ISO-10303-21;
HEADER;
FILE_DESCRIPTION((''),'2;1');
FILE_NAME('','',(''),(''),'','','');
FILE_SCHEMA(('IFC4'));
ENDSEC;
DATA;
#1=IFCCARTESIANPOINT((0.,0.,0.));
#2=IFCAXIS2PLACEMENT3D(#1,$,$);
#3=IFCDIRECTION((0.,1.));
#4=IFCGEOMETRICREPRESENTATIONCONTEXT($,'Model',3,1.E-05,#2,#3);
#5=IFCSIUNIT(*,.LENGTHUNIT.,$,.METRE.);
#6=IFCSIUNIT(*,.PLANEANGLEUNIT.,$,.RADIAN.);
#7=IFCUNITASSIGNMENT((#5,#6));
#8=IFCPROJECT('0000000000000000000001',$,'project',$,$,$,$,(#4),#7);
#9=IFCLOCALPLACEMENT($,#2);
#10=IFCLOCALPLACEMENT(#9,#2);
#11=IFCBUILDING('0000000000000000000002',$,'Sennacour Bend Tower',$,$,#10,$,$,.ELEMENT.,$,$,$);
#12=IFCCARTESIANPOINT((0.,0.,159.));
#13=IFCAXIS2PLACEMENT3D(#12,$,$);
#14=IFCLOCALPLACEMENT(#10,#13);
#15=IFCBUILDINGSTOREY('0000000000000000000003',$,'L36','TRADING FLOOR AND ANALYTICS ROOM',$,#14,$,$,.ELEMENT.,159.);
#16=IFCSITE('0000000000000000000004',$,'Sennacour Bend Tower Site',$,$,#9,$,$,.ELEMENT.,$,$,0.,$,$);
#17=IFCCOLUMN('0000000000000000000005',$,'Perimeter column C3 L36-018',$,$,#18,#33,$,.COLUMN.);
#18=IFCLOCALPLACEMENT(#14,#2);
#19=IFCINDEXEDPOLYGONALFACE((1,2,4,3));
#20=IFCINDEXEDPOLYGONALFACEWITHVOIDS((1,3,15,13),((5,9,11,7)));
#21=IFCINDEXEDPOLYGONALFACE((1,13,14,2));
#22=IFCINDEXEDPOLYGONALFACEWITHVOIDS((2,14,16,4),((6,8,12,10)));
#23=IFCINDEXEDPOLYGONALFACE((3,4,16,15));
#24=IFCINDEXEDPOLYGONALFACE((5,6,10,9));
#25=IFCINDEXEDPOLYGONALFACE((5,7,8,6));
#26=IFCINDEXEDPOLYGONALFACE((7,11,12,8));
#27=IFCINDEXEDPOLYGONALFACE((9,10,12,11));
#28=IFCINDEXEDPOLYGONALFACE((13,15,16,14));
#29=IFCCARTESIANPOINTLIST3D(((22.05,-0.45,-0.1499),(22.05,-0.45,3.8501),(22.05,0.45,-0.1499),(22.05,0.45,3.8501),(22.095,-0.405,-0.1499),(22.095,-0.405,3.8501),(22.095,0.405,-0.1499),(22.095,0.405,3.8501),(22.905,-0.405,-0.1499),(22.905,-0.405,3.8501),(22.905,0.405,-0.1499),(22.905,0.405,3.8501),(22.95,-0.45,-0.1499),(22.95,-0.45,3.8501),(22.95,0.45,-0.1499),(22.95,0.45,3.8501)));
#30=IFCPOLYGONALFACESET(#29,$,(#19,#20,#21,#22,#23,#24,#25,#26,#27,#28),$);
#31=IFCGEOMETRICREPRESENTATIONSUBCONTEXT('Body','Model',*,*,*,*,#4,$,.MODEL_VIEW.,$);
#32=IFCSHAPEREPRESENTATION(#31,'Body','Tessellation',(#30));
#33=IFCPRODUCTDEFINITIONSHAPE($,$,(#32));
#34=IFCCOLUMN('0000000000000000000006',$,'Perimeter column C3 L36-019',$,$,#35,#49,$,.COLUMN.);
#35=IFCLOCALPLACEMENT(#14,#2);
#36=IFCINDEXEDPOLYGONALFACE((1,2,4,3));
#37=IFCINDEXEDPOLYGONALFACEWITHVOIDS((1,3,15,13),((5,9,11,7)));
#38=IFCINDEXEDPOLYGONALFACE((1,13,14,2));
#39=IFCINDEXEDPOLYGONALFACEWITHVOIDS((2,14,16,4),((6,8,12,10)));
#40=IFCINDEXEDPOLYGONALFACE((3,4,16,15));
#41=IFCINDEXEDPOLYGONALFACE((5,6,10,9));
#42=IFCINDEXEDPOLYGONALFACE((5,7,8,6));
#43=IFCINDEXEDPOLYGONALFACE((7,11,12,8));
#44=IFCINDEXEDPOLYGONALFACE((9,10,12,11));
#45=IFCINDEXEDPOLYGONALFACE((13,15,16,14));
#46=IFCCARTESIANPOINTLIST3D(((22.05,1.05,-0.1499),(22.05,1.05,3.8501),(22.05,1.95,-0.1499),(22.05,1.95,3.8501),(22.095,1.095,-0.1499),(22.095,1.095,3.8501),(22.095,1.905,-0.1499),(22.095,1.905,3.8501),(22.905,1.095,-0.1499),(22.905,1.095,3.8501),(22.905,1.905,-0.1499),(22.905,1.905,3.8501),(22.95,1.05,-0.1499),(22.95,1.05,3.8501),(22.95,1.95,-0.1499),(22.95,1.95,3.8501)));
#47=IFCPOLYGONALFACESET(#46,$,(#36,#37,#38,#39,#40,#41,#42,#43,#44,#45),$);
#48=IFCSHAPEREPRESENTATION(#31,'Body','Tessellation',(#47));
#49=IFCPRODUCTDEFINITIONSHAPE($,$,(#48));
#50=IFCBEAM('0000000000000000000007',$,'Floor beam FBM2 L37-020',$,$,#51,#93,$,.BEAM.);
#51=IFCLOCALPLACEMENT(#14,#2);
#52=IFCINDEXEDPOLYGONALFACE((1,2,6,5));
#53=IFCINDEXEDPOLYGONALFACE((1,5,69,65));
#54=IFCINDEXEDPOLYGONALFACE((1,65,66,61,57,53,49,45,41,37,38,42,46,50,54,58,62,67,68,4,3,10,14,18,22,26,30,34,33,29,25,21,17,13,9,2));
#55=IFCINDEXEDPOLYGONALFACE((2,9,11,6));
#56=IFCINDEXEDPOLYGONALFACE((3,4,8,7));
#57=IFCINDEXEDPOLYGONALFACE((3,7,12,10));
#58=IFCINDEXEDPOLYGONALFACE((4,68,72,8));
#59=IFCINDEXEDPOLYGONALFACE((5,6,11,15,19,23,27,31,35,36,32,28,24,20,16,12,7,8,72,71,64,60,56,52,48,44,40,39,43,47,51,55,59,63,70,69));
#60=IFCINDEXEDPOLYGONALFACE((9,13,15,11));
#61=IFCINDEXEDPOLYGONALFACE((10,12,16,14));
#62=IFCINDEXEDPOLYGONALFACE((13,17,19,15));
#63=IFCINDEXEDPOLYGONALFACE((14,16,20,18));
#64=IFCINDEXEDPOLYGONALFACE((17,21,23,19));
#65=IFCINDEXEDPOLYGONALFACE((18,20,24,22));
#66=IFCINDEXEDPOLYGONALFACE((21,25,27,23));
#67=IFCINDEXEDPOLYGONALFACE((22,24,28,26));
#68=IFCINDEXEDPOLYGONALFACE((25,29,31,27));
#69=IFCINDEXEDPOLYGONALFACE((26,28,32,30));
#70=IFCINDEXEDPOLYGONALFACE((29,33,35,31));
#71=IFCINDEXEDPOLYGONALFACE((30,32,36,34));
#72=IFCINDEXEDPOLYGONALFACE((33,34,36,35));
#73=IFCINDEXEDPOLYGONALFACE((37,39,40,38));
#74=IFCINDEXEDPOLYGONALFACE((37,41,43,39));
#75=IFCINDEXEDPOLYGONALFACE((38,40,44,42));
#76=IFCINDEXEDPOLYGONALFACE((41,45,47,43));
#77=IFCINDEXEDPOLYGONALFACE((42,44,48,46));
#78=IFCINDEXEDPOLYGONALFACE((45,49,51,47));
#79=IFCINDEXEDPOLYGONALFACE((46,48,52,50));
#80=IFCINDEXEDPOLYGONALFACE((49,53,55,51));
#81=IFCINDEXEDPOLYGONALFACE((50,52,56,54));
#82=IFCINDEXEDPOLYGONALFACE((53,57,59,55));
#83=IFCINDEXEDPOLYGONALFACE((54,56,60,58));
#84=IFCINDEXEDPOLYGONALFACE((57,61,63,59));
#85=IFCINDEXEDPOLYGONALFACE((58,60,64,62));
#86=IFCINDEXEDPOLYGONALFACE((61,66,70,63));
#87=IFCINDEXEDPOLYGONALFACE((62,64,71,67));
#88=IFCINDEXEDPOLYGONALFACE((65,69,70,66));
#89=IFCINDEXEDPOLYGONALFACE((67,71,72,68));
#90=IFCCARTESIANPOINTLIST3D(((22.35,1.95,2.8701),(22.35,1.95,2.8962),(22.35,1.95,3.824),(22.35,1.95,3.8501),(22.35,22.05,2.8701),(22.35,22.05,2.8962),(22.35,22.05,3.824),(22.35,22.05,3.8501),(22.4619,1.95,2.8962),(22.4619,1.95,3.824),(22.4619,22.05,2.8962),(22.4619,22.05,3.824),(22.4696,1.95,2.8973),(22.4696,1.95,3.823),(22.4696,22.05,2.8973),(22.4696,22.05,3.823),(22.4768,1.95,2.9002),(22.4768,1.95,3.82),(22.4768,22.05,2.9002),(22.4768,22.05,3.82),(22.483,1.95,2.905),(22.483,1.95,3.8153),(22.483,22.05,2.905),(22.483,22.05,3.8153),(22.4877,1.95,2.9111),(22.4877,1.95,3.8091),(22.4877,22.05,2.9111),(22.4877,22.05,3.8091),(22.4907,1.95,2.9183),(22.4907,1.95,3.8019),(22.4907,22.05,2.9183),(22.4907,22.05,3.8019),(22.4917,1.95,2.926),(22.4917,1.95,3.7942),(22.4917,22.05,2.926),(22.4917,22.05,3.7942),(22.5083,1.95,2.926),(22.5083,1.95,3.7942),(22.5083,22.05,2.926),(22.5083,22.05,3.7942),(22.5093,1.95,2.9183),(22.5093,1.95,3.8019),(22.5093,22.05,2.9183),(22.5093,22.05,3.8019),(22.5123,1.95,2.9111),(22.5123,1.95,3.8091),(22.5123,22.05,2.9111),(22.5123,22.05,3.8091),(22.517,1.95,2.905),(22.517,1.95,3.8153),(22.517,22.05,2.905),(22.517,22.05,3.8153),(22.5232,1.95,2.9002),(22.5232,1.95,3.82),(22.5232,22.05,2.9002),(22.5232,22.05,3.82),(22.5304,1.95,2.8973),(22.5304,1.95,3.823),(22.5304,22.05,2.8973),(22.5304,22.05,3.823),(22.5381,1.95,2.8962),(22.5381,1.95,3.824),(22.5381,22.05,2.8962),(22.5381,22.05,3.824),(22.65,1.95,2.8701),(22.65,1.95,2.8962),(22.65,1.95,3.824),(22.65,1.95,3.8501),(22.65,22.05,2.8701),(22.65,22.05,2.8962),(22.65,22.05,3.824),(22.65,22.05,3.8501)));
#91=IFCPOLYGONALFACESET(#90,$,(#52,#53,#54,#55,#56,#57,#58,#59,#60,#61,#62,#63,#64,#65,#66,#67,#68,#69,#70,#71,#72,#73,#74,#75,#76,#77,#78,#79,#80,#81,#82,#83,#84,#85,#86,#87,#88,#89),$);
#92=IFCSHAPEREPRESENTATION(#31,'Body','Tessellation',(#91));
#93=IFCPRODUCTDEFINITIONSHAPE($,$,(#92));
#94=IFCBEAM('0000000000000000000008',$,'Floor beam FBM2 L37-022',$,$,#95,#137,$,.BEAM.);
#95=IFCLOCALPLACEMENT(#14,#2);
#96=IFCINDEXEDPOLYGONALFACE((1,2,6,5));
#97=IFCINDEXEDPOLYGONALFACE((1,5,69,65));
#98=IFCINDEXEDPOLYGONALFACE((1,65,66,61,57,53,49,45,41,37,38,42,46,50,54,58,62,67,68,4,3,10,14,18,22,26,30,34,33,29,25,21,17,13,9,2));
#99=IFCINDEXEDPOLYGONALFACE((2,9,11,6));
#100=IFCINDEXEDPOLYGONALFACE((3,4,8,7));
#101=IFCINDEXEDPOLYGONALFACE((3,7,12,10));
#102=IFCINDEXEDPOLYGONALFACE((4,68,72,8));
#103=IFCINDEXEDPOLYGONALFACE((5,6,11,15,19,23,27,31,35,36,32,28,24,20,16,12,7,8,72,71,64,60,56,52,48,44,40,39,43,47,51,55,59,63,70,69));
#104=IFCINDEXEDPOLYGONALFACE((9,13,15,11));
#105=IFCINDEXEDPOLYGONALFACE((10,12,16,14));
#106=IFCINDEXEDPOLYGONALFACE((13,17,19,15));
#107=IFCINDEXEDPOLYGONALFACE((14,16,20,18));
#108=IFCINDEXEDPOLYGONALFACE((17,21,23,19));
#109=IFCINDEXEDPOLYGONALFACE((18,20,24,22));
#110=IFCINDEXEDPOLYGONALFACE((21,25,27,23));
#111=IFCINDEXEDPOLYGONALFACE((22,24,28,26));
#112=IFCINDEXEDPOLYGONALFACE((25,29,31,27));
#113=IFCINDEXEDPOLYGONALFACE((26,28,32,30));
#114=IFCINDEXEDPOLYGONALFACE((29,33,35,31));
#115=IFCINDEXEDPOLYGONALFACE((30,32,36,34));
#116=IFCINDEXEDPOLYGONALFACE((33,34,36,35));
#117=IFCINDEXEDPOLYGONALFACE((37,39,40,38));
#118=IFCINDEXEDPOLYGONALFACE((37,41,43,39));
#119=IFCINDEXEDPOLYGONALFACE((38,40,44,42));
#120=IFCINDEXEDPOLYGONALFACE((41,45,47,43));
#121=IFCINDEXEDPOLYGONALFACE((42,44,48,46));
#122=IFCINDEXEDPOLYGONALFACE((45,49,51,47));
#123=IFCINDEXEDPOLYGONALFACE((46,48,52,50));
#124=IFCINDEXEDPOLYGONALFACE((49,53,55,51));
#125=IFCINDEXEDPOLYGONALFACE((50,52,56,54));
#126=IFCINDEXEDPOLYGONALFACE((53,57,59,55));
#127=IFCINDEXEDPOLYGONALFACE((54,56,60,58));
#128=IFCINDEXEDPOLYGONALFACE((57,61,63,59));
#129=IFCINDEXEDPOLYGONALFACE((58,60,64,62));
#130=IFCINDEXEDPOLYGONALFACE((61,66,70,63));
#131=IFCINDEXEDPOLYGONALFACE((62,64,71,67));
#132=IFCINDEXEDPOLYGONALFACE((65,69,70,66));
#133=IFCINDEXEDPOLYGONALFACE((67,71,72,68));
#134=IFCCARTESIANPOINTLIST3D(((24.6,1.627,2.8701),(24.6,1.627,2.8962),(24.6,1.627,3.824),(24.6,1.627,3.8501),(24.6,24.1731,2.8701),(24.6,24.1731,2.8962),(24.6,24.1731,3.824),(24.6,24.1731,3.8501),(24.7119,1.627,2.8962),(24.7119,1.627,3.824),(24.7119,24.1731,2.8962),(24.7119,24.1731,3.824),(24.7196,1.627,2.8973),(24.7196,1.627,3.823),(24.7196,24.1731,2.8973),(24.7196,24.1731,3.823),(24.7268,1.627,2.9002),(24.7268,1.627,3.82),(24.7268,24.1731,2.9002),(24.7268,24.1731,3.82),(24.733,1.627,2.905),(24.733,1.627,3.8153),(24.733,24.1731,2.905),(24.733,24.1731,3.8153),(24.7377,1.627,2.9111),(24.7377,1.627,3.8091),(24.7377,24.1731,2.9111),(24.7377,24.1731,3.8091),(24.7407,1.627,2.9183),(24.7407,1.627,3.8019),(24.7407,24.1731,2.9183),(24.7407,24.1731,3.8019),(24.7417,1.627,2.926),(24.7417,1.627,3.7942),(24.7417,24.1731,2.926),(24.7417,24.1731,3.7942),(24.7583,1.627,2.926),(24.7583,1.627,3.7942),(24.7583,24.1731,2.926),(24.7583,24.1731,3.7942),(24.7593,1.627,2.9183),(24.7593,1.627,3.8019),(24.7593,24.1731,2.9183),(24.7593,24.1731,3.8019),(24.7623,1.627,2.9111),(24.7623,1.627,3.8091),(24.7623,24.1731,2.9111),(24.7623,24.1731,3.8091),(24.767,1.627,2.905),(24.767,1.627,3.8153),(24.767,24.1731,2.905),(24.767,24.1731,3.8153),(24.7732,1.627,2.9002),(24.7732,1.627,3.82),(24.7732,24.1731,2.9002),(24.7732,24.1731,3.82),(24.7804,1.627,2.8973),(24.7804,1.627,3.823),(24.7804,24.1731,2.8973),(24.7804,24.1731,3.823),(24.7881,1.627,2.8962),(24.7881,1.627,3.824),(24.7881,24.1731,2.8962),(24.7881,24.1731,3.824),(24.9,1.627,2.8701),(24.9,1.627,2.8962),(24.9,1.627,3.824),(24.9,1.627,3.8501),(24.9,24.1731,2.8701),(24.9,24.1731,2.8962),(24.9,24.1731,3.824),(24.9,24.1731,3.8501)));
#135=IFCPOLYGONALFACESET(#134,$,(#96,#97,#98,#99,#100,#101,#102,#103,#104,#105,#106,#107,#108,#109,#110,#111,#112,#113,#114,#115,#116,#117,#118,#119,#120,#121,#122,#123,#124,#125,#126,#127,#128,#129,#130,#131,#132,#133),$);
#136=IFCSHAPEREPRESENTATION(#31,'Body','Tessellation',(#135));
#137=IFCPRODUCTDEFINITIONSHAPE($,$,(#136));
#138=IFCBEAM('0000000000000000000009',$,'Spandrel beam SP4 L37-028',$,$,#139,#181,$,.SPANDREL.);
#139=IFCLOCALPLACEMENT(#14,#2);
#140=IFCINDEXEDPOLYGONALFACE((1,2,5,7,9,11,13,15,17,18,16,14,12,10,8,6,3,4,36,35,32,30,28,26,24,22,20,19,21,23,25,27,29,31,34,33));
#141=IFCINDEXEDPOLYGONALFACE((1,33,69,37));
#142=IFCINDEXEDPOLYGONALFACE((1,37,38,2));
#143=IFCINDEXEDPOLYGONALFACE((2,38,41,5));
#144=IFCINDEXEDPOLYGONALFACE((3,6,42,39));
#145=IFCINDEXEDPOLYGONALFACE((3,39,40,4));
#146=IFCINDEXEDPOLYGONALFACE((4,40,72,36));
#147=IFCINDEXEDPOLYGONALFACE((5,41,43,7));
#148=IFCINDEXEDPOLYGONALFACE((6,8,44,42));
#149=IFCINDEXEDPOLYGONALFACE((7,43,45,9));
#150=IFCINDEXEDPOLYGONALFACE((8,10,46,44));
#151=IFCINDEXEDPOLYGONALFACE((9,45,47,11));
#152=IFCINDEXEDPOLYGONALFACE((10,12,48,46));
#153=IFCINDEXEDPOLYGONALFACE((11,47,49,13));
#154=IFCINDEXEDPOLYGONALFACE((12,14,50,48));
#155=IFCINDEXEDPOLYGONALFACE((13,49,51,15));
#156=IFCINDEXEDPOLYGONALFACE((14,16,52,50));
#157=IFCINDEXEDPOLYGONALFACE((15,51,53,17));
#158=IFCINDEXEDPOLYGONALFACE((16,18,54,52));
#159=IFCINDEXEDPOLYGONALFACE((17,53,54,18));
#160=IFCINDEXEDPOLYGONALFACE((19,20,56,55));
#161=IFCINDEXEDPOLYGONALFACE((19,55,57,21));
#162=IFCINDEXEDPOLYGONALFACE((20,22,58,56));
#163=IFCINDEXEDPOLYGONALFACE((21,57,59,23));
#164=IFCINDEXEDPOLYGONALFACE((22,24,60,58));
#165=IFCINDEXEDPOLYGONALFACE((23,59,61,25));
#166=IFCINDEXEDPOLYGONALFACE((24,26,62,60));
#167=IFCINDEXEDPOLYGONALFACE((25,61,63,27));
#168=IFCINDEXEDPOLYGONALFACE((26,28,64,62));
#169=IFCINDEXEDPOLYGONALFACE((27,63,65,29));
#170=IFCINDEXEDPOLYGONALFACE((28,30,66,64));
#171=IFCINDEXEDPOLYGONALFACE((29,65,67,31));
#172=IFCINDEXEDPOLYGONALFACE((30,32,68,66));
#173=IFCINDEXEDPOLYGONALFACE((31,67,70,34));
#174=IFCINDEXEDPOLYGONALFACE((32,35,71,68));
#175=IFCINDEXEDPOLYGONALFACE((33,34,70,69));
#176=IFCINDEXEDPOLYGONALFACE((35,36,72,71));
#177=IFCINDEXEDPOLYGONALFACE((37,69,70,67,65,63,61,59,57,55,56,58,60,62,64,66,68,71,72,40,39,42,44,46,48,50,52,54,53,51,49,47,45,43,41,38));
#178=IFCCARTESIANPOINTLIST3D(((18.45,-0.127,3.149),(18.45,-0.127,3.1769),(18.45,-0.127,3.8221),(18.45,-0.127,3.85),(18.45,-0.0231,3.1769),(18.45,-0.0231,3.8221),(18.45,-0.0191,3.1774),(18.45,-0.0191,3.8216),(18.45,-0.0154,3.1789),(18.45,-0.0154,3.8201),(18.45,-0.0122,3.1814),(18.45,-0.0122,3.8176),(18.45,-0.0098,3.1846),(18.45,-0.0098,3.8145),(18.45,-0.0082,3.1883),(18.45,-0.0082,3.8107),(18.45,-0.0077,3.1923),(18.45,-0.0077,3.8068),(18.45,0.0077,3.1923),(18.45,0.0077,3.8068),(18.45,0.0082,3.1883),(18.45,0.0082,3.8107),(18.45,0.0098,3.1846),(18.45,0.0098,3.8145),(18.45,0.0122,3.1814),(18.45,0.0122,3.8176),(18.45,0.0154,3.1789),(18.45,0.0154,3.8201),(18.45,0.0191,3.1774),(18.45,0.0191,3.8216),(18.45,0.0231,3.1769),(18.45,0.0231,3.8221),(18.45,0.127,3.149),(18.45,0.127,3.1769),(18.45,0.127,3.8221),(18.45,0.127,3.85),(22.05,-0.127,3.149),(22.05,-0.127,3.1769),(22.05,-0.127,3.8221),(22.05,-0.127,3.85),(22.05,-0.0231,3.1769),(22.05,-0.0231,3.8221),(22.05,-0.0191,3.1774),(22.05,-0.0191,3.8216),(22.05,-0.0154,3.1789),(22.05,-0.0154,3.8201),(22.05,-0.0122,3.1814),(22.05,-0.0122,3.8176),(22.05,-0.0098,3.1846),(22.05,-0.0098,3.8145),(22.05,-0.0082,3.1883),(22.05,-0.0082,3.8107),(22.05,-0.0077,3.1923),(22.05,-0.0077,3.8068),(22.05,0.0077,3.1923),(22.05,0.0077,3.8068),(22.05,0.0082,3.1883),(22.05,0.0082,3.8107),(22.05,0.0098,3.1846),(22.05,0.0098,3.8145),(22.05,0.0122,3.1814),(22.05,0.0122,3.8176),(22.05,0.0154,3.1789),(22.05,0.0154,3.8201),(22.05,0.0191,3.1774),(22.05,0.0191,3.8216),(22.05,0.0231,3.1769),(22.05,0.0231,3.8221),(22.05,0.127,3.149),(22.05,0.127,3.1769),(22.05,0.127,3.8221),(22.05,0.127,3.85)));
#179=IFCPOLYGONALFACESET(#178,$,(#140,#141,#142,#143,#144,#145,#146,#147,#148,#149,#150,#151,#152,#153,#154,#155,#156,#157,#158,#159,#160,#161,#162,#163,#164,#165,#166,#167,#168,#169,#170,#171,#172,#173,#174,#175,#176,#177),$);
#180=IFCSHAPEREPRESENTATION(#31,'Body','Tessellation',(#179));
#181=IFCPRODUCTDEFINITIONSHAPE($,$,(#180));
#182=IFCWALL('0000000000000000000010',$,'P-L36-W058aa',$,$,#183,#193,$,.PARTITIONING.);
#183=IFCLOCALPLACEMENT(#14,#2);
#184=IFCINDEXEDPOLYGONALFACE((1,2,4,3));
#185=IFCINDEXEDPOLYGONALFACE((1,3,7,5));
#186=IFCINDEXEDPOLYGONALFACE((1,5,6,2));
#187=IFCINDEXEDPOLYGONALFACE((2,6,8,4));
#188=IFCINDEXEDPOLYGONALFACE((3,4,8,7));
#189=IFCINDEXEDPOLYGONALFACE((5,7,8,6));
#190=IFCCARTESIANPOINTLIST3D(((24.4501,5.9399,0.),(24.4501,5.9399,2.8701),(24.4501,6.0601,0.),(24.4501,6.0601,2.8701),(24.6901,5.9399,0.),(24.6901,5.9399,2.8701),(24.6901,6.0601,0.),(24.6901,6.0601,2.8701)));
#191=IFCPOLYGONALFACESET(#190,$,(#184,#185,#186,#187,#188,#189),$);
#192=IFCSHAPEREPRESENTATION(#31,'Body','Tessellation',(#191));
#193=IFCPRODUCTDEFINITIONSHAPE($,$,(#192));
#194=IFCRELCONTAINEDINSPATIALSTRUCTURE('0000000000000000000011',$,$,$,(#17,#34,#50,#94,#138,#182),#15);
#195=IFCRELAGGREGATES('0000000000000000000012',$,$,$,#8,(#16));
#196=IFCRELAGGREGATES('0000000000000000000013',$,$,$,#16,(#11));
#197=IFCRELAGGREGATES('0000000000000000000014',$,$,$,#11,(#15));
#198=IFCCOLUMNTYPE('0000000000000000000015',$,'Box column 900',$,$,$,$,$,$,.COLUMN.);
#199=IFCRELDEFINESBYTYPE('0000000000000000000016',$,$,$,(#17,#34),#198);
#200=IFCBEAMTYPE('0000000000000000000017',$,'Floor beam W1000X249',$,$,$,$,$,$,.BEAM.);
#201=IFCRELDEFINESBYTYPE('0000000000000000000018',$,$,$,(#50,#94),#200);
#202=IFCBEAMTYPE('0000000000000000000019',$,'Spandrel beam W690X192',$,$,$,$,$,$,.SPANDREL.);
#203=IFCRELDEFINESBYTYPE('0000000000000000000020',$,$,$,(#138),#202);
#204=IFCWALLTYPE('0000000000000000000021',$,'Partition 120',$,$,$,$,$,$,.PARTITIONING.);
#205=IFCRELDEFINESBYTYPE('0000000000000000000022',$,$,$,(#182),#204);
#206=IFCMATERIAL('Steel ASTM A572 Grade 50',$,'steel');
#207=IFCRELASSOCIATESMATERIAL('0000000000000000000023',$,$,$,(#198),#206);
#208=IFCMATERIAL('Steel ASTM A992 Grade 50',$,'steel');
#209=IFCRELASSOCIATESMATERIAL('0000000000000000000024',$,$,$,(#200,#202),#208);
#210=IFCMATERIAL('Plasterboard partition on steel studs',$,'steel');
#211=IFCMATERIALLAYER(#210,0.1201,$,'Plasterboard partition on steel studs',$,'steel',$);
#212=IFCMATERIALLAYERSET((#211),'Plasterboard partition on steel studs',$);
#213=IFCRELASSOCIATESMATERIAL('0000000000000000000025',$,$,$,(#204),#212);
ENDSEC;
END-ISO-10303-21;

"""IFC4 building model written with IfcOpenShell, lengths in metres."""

from ifc_helpers import new_model, si_unit, direction, frame, frame_2d, origin, origin_2d, place, context, subcontext, project, spatial, rectangle, hollow_rectangle, i_section, extrude, material, layer, layer_set, material_profile, profile_set, type_object, element, save


model = new_model("IFC4")

# Units and contexts
model_context = context("Model", 3, precision=1e-05, world=origin(), true_north=direction((0.0, 1.0)))
body_context = subcontext(model_context, "Body", "Model", "MODEL_VIEW")
ifc_project = project(units=[si_unit("LENGTHUNIT", "METRE"), si_unit("PLANEANGLEUNIT", "RADIAN")], contexts=[model_context])

# Site, building, storey
site_placement = place(None, origin())
site = spatial("IfcSite", under=ifc_project, at=site_placement, Name="Sennacour Bend Tower Site", CompositionType="ELEMENT", RefElevation=0.0)
building_placement = place(site_placement, origin())
building = spatial("IfcBuilding", under=site, at=building_placement, Name="Sennacour Bend Tower", CompositionType="ELEMENT")
storey_placement = place(building_placement, frame((0.0, 0.0, 159.0)))
storey = spatial("IfcBuildingStorey", under=building, at=storey_placement, Name="L36", Description="TRADING FLOOR AND ANALYTICS ROOM", CompositionType="ELEMENT", Elevation=159.0)

# Columns
ifc_material_1 = material(Name="Steel ASTM A572 Grade 50", Category="steel")
ifc_material_profile_1 = material_profile(ifc_material_1, hollow_rectangle(XDim=0.8999, YDim=0.8999, WallThickness=0.0449, at=origin_2d()), Name="Steel ASTM A572 Grade 50", Category="steel")
ifc_profile_set_1 = profile_set([ifc_material_profile_1], Name="Steel ASTM A572 Grade 50")
column_type = type_object("IfcColumnType", Name="Box column 900", PredefinedType="COLUMN", material=ifc_profile_set_1)
for number, where, z_axis, x_axis, name in (
    (1, (22.5, 0.0, -0.1499), (0.0, 0.0, 1.0), (1.0, 0.0, 0.0), "Perimeter column C3 L36-018"),
    (2, (22.5, 1.5, -0.1499), (0.0, 0.0, 1.0), (1.0, 0.0, 0.0), "Perimeter column C3 L36-019"),
):
    element("IfcColumn", number, at=place(storey_placement, frame(where, z_axis=z_axis, x_axis=x_axis)), inside=storey, type_object=column_type, Name=name, PredefinedType="COLUMN", context=body_context, shape_type="SweptSolid", body=[
        extrude(hollow_rectangle(XDim=0.8999, YDim=0.8999, WallThickness=0.0449, at=origin_2d()), origin(), (0.0, 0.0, 1.0), 4.0),
    ])

# Beams
ifc_material_2 = material(Name="Steel ASTM A992 Grade 50", Category="steel")
ifc_material_profile_2 = material_profile(ifc_material_2, i_section(OverallWidth=0.3, OverallDepth=0.98, WebThickness=0.0166, FlangeThickness=0.0261, FilletRadius=0.0298, at=origin_2d()), Name="Steel ASTM A992 Grade 50", Category="steel")
ifc_profile_set_2 = profile_set([ifc_material_profile_2], Name="Steel ASTM A992 Grade 50")
beam_type_1 = type_object("IfcBeamType", Name="Floor beam W1000X249", PredefinedType="BEAM", material=ifc_profile_set_2)
beam_1_placement = place(storey_placement, frame((22.5, 1.95, 3.3601), z_axis=(0.0, 1.0, 0.0), x_axis=(-1.0, 0.0, 0.0)))
element("IfcBeam", 3, at=beam_1_placement, inside=storey, type_object=beam_type_1, Name="Floor beam FBM2 L37-020", PredefinedType="BEAM", context=body_context, shape_type="SweptSolid", body=[
    extrude(i_section(OverallWidth=0.3, OverallDepth=0.98, WebThickness=0.0166, FlangeThickness=0.0261, FilletRadius=0.0298, at=origin_2d()), origin(), (0.0, 0.0, 1.0), 20.1001),
])
beam_2_placement = place(storey_placement, frame((24.75, 1.627, 3.3601), z_axis=(0.0, 1.0, 0.0), x_axis=(-1.0, 0.0, 0.0)))
element("IfcBeam", 4, at=beam_2_placement, inside=storey, type_object=beam_type_1, Name="Floor beam FBM2 L37-022", PredefinedType="BEAM", context=body_context, shape_type="SweptSolid", body=[
    extrude(i_section(OverallWidth=0.3, OverallDepth=0.98, WebThickness=0.0166, FlangeThickness=0.0261, FilletRadius=0.0298, at=origin_2d()), origin(), (0.0, 0.0, 1.0), 22.5461),
])
ifc_material_profile_3 = material_profile(ifc_material_2, i_section(OverallWidth=0.2539, OverallDepth=0.7009, WebThickness=0.0154, FlangeThickness=0.0278, FilletRadius=0.0154, at=origin_2d()), Name="Steel ASTM A992 Grade 50", Category="steel")
ifc_profile_set_3 = profile_set([ifc_material_profile_3], Name="Steel ASTM A992 Grade 50")
beam_type_2 = type_object("IfcBeamType", Name="Spandrel beam W690X192", PredefinedType="SPANDREL", material=ifc_profile_set_3)
beam_3_placement = place(storey_placement, frame((22.05, 0.0, 3.4995), z_axis=(-1.0, 0.0, 0.0), x_axis=(0.0, -1.0, 0.0)))
element("IfcBeam", 5, at=beam_3_placement, inside=storey, type_object=beam_type_2, Name="Spandrel beam SP4 L37-028", PredefinedType="SPANDREL", context=body_context, shape_type="SweptSolid", body=[
    extrude(i_section(OverallWidth=0.2539, OverallDepth=0.7009, WebThickness=0.0154, FlangeThickness=0.0278, FilletRadius=0.0154, at=origin_2d()), origin(), (0.0, 0.0, 1.0), 3.6001),
])

# Wall
ifc_material_3 = material(Name="Plasterboard partition on steel studs", Category="steel")
ifc_layer_1 = layer(ifc_material_3, 0.1201, Name="Plasterboard partition on steel studs", Category="steel")
ifc_layer_set_1 = layer_set([ifc_layer_1], Name="Plasterboard partition on steel studs")
wall_type_1 = type_object("IfcWallType", Name="Partition 120", PredefinedType="PARTITIONING", material=ifc_layer_set_1)
wall_1_placement = place(storey_placement, frame((24.45, 6.0, 0.0), z_axis=(0.0, 0.0, 1.0), x_axis=(1.0, 0.0, 0.0)))
element("IfcWall", 6, at=wall_1_placement, inside=storey, type_object=wall_type_1, Name="P-L36-W058aa", PredefinedType="PARTITIONING", context=body_context, shape_type="SweptSolid", body=[
    extrude(rectangle(XDim=0.24, YDim=0.1201, at=frame_2d((0.1201, 0.0))), origin(), (0.0, 0.0, 1.0), 2.8701),
])

save(model, "model.ifc")
